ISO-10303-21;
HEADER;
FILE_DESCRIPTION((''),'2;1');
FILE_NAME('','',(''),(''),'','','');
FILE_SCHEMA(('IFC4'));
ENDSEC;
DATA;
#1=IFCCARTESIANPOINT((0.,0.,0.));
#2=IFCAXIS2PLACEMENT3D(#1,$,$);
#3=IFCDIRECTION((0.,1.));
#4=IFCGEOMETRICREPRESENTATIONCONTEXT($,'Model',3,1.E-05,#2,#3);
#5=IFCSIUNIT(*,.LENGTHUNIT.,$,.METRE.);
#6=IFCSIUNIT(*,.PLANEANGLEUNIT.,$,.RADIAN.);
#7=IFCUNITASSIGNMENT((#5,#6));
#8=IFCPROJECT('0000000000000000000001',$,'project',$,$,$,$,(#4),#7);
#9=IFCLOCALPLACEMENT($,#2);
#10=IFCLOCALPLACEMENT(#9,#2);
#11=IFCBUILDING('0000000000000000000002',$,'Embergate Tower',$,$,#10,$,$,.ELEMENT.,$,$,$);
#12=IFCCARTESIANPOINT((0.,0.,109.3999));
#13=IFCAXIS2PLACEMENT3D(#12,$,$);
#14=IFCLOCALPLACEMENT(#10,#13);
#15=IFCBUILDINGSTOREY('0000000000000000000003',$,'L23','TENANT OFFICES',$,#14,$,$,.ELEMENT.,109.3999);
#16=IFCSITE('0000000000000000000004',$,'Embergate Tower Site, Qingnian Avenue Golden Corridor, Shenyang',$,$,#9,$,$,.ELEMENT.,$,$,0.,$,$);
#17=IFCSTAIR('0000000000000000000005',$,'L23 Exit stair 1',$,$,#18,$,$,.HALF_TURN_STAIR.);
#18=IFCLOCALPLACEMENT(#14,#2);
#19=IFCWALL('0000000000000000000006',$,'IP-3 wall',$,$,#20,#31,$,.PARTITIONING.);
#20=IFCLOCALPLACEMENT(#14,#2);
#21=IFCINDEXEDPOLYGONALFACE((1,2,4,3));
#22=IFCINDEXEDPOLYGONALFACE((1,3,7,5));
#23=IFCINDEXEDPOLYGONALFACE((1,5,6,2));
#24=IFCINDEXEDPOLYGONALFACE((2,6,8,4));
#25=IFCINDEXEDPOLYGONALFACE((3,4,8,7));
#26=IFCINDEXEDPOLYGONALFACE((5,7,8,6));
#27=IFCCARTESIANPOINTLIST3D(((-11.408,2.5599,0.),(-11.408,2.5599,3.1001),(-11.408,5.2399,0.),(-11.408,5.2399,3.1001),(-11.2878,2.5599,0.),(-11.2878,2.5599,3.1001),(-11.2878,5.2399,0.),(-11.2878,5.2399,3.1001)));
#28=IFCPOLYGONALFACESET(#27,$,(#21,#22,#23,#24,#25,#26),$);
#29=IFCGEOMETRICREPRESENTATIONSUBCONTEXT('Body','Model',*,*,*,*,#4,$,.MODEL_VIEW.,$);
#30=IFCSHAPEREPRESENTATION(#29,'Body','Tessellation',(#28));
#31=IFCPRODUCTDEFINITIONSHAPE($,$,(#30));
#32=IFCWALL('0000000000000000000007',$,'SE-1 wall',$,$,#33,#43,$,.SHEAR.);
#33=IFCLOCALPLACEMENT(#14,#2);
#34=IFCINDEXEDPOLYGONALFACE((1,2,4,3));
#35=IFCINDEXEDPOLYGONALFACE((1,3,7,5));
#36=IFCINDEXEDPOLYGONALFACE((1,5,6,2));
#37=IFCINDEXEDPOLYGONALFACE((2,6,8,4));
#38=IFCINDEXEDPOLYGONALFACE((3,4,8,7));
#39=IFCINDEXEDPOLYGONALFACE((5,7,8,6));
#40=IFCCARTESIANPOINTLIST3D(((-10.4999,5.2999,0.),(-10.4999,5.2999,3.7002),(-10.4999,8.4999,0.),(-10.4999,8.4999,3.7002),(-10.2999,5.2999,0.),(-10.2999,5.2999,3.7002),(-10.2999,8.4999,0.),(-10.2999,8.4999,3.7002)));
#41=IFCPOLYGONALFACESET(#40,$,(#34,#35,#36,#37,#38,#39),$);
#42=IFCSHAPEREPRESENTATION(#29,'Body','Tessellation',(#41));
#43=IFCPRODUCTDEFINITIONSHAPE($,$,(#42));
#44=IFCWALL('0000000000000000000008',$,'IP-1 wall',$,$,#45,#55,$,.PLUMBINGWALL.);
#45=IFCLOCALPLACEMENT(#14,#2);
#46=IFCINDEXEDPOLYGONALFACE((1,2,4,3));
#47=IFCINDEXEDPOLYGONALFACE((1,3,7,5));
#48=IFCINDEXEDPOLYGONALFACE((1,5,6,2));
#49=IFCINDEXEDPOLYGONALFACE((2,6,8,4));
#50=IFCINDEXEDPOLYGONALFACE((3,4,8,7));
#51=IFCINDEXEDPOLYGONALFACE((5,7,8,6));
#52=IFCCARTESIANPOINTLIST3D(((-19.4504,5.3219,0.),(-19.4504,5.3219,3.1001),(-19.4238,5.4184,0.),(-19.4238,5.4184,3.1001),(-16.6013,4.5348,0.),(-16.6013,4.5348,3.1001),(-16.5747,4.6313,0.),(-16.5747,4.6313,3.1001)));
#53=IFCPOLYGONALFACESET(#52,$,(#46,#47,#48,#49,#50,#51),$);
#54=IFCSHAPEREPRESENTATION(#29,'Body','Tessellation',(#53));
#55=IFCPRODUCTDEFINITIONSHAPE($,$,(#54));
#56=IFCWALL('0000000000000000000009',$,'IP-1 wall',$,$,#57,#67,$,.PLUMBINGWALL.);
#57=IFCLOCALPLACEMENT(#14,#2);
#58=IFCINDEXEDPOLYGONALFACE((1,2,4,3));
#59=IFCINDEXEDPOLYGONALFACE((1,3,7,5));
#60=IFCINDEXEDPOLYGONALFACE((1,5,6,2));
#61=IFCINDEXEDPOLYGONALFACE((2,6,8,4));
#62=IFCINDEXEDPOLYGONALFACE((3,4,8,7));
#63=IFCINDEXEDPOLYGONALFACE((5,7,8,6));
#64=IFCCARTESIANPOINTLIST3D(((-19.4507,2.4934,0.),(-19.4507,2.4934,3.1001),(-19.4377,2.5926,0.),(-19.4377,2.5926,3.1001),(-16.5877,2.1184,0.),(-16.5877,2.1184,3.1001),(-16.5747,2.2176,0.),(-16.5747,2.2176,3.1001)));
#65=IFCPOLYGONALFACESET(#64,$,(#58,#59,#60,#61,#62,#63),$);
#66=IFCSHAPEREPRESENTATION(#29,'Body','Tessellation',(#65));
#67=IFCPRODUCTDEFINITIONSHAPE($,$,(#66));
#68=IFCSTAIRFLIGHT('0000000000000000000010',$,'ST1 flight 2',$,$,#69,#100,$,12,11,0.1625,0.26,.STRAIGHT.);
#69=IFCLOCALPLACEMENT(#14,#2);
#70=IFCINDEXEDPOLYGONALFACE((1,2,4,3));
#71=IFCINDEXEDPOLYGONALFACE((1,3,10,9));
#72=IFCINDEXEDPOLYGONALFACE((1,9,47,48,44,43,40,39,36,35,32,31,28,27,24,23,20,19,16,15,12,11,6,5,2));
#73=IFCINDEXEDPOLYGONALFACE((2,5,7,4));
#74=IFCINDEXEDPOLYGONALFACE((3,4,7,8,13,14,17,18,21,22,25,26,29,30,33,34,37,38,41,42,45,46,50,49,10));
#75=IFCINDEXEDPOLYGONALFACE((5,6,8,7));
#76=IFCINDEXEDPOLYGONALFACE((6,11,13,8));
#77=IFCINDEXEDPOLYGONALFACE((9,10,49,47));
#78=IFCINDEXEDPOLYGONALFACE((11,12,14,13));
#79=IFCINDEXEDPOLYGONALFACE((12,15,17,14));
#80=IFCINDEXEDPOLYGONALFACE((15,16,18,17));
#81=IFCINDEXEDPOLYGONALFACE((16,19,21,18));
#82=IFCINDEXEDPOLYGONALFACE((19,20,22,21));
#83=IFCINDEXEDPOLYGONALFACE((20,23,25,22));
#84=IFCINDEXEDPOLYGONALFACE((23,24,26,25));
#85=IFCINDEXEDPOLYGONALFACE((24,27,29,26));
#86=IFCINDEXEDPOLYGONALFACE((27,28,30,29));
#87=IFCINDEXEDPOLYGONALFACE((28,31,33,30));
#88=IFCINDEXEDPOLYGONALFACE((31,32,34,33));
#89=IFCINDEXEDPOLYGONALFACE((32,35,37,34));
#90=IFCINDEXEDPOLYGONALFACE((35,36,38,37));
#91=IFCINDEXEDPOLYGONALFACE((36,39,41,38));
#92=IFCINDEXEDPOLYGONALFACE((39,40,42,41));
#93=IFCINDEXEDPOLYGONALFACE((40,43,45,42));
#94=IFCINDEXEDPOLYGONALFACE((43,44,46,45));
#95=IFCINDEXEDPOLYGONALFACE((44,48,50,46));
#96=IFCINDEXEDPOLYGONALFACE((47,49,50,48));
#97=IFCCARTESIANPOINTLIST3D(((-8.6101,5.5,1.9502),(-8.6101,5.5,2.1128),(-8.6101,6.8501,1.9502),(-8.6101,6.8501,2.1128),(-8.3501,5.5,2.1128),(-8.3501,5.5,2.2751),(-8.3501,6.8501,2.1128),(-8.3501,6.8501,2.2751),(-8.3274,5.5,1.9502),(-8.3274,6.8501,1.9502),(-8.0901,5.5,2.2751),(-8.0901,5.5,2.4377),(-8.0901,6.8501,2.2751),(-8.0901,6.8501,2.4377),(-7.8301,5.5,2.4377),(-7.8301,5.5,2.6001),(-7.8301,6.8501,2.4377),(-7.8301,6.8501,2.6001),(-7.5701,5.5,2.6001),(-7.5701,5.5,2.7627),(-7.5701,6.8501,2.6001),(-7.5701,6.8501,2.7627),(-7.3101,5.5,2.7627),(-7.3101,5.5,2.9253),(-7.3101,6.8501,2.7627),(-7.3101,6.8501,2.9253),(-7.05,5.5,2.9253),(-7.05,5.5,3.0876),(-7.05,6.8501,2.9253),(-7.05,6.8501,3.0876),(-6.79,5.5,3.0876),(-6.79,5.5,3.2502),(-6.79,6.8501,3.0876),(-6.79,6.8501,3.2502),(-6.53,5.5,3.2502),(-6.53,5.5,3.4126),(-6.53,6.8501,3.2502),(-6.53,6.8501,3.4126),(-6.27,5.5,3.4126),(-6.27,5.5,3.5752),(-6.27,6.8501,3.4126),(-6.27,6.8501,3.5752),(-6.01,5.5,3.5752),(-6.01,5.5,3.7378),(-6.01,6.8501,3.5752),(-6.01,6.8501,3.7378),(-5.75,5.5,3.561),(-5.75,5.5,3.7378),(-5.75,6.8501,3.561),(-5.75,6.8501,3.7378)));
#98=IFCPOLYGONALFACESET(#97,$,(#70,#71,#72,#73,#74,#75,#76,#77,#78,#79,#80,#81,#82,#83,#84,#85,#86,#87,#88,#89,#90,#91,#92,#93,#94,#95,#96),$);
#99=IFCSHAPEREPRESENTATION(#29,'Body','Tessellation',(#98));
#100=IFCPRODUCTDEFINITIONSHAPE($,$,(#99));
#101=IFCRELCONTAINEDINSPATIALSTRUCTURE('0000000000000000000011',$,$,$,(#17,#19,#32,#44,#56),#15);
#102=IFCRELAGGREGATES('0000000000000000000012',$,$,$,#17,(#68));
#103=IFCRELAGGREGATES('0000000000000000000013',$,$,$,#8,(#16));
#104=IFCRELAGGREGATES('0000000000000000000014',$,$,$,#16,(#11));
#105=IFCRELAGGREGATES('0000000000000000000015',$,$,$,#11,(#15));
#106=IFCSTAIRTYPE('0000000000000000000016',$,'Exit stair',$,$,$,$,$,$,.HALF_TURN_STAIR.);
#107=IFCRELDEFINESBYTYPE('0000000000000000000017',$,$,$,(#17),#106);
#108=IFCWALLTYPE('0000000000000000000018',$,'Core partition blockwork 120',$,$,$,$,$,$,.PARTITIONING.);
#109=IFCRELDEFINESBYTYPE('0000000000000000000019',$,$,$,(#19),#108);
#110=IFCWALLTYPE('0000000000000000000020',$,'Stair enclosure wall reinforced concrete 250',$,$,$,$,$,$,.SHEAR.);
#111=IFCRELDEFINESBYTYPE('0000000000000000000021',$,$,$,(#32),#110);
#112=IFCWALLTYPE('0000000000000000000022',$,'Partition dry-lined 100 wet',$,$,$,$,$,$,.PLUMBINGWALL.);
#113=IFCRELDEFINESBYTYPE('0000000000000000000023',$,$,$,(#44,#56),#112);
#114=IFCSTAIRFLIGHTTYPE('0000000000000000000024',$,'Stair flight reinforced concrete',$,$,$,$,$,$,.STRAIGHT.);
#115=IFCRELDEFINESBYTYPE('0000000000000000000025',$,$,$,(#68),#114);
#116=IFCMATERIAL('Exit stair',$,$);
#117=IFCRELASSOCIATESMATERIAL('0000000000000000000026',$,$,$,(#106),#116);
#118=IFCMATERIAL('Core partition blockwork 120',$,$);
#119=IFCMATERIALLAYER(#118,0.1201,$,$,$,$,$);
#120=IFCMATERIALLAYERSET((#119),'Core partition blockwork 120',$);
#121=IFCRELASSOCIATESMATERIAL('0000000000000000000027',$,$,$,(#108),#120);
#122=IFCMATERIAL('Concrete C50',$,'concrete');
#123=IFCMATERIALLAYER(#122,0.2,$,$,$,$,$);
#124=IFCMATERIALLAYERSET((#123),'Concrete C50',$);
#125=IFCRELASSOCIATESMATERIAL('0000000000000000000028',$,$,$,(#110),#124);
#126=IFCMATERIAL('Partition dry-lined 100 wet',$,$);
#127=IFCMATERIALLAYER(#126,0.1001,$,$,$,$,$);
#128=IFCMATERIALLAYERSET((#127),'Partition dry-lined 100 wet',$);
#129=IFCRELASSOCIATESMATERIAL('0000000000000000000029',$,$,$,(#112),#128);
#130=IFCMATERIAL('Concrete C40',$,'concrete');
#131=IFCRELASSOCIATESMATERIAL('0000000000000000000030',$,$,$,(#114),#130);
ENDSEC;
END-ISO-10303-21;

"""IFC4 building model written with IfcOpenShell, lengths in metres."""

from ifc_helpers import new_model, si_unit, direction, frame, frame_2d, origin, place, context, subcontext, project, spatial, polyline, rectangle, outline, extrude, source, transform, mapped, material, layer, layer_set, type_object, element, aggregate, save


model = new_model("IFC4")

# Units and contexts
model_context = context("Model", 3, precision=1e-05, world=origin(), true_north=direction((0.0, 1.0)))
body_context = subcontext(model_context, "Body", "Model", "MODEL_VIEW")
ifc_project = project(units=[si_unit("LENGTHUNIT", "METRE"), si_unit("PLANEANGLEUNIT", "RADIAN")], contexts=[model_context])

# Site, building, storey
site_placement = place(None, origin())
site = spatial("IfcSite", under=ifc_project, at=site_placement, Name="Embergate Tower Site, Qingnian Avenue Golden Corridor, Shenyang", CompositionType="ELEMENT", RefElevation=0.0)
building_placement = place(site_placement, origin())
building = spatial("IfcBuilding", under=site, at=building_placement, Name="Embergate Tower", CompositionType="ELEMENT")
storey_placement = place(building_placement, frame((0.0, 0.0, 109.3999)))
storey = spatial("IfcBuildingStorey", under=building, at=storey_placement, Name="L23", Description="TENANT OFFICES", CompositionType="ELEMENT", Elevation=109.3999)

# Stair
ifc_material_1 = material(Name="Exit stair")
stair_type = type_object("IfcStairType", Name="Exit stair", PredefinedType="HALF_TURN_STAIR", material=ifc_material_1)
stair_placement = place(storey_placement, origin())
stair = element("IfcStair", 1, at=stair_placement, inside=storey, type_object=stair_type, Name="L23 Exit stair 1", PredefinedType="HALF_TURN_STAIR")
ifc_material_2 = material(Name="Concrete C40", Category="concrete")

# Shared definitions
ifc_material_3 = material(Name="Core partition blockwork 120")
ifc_layer_1 = layer(ifc_material_3, 0.1201)
ifc_layer_set_1 = layer_set([ifc_layer_1], Name="Core partition blockwork 120")
wall_type_1 = type_object("IfcWallType", Name="Core partition blockwork 120", PredefinedType="PARTITIONING", material=ifc_layer_set_1)

# Walls
shared_shape_1 = source(origin(), body_context, "Body", "SweptSolid", [
    extrude(rectangle(XDim=2.6799, YDim=0.1201, at=frame_2d((1.3398, 0.0))), origin(), (0.0, 0.0, 1.0), 3.1001),
])
wall_1_placement = place(storey_placement, frame((-11.3479, 2.5601, 0.0), z_axis=(0.0, 0.0, 1.0), x_axis=(0.0, 1.0, 0.0)))
element("IfcWall", 2, at=wall_1_placement, inside=storey, type_object=wall_type_1, Name="IP-3 wall", PredefinedType="PARTITIONING", context=body_context, shape_type="MappedRepresentation", body=[
    mapped(shared_shape_1, transform((0.0, 0.0, 0.0))),
])
ifc_material_4 = material(Name="Concrete C50", Category="concrete")
ifc_layer_2 = layer(ifc_material_4, 0.2)
ifc_layer_set_2 = layer_set([ifc_layer_2], Name="Concrete C50")
wall_type_2 = type_object("IfcWallType", Name="Stair enclosure wall reinforced concrete 250", PredefinedType="SHEAR", material=ifc_layer_set_2)
shared_shape_2 = source(origin(), body_context, "Body", "SweptSolid", [
    extrude(rectangle(XDim=3.2, YDim=0.2, at=frame_2d((1.6001, 0.0))), origin(), (0.0, 0.0, 1.0), 3.7002),
])
wall_2_placement = place(storey_placement, frame((-10.3999, 8.5, 0.0), z_axis=(0.0, 0.0, 1.0), x_axis=(0.0, -1.0, 0.0)))
element("IfcWall", 3, at=wall_2_placement, inside=storey, type_object=wall_type_2, Name="SE-1 wall", PredefinedType="SHEAR", context=body_context, shape_type="MappedRepresentation", body=[
    mapped(shared_shape_2, transform((0.0, 0.0, 0.0))),
])
ifc_material_5 = material(Name="Partition dry-lined 100 wet")
ifc_layer_3 = layer(ifc_material_5, 0.1001)
ifc_layer_set_3 = layer_set([ifc_layer_3], Name="Partition dry-lined 100 wet")
wall_type_3 = type_object("IfcWallType", Name="Partition dry-lined 100 wet", PredefinedType="PLUMBINGWALL", material=ifc_layer_set_3)
shared_shape_3 = source(origin(), body_context, "Body", "SweptSolid", [
    extrude(rectangle(XDim=2.9558, YDim=0.1001, at=frame_2d((1.478, 0.0))), origin(), (0.0, 0.0, 1.0), 3.1001),
])
wall_3_placement = place(storey_placement, frame((-16.5879, 4.583, 0.0), z_axis=(0.0, 0.0, 1.0), x_axis=(-0.963893, 0.266289, 0.0)))
element("IfcWall", 4, at=wall_3_placement, inside=storey, type_object=wall_type_3, Name="IP-1 wall", PredefinedType="PLUMBINGWALL", context=body_context, shape_type="MappedRepresentation", body=[
    mapped(shared_shape_3, transform((0.0, 0.0, 0.0))),
])
shared_shape_4 = source(origin(), body_context, "Body", "SweptSolid", [
    extrude(rectangle(XDim=2.8875, YDim=0.1001, at=frame_2d((1.4438, 0.0))), origin(), (0.0, 0.0, 1.0), 3.1001),
])
wall_4_placement = place(storey_placement, frame((-16.5811, 2.168, 0.0), z_axis=(0.0, 0.0, 1.0), x_axis=(-0.991531, 0.129871, 0.0)))
element("IfcWall", 5, at=wall_4_placement, inside=storey, type_object=wall_type_3, Name="IP-1 wall", PredefinedType="PLUMBINGWALL", context=body_context, shape_type="MappedRepresentation", body=[
    mapped(shared_shape_4, transform((0.0, 0.0, 0.0))),
])

# Stair flight
stair_flight_type = type_object("IfcStairFlightType", Name="Stair flight reinforced concrete", PredefinedType="STRAIGHT", material=ifc_material_2)
shared_shape_5 = source(origin(), body_context, "Body", "SweptSolid", [
    extrude(outline(polyline([(0.0, 0.0), (0.0, 0.1626), (0.26, 0.1626), (0.26, 0.325), (0.52, 0.325), (0.52, 0.4875), (0.78, 0.4875), (0.78, 0.6499), (1.04, 0.6499), (1.04, 0.8125), (1.3, 0.8125), (1.3, 0.9751), (1.5601, 0.9751), (1.5601, 1.1375), (1.8201, 1.1375), (1.8201, 1.3), (2.0801, 1.3), (2.0801, 1.4624), (2.3401, 1.4624), (2.3401, 1.625), (2.6001, 1.625), (2.6001, 1.7876), (2.8601, 1.7876), (2.8601, 1.95), (2.8601, 1.6108), (0.2827, 0.0), (0.0, 0.0)])), frame((0.0, 0.675, 0.0), z_axis=(0.0, -1.0, 0.0), x_axis=(1.0, 0.0, 0.0)), (0.0, 0.0, 1.0), 1.3501),
])
stair_flight_placement = place(storey_placement, frame((-8.6101, 6.175, 1.9502), z_axis=(0.0, 0.0, 1.0), x_axis=(1.0, 0.0, 0.0)))
stair_flight = element("IfcStairFlight", 6, at=stair_flight_placement, type_object=stair_flight_type, Name="ST1 flight 2", NumberOfRisers=12, NumberOfTreads=11, PredefinedType="STRAIGHT", RiserHeight=0.1625, TreadLength=0.26, context=body_context, shape_type="MappedRepresentation", body=[
    mapped(shared_shape_5, transform((0.0, 0.0, 0.0))),
])
aggregate(stair, [stair_flight])

save(model, "model.ifc")
